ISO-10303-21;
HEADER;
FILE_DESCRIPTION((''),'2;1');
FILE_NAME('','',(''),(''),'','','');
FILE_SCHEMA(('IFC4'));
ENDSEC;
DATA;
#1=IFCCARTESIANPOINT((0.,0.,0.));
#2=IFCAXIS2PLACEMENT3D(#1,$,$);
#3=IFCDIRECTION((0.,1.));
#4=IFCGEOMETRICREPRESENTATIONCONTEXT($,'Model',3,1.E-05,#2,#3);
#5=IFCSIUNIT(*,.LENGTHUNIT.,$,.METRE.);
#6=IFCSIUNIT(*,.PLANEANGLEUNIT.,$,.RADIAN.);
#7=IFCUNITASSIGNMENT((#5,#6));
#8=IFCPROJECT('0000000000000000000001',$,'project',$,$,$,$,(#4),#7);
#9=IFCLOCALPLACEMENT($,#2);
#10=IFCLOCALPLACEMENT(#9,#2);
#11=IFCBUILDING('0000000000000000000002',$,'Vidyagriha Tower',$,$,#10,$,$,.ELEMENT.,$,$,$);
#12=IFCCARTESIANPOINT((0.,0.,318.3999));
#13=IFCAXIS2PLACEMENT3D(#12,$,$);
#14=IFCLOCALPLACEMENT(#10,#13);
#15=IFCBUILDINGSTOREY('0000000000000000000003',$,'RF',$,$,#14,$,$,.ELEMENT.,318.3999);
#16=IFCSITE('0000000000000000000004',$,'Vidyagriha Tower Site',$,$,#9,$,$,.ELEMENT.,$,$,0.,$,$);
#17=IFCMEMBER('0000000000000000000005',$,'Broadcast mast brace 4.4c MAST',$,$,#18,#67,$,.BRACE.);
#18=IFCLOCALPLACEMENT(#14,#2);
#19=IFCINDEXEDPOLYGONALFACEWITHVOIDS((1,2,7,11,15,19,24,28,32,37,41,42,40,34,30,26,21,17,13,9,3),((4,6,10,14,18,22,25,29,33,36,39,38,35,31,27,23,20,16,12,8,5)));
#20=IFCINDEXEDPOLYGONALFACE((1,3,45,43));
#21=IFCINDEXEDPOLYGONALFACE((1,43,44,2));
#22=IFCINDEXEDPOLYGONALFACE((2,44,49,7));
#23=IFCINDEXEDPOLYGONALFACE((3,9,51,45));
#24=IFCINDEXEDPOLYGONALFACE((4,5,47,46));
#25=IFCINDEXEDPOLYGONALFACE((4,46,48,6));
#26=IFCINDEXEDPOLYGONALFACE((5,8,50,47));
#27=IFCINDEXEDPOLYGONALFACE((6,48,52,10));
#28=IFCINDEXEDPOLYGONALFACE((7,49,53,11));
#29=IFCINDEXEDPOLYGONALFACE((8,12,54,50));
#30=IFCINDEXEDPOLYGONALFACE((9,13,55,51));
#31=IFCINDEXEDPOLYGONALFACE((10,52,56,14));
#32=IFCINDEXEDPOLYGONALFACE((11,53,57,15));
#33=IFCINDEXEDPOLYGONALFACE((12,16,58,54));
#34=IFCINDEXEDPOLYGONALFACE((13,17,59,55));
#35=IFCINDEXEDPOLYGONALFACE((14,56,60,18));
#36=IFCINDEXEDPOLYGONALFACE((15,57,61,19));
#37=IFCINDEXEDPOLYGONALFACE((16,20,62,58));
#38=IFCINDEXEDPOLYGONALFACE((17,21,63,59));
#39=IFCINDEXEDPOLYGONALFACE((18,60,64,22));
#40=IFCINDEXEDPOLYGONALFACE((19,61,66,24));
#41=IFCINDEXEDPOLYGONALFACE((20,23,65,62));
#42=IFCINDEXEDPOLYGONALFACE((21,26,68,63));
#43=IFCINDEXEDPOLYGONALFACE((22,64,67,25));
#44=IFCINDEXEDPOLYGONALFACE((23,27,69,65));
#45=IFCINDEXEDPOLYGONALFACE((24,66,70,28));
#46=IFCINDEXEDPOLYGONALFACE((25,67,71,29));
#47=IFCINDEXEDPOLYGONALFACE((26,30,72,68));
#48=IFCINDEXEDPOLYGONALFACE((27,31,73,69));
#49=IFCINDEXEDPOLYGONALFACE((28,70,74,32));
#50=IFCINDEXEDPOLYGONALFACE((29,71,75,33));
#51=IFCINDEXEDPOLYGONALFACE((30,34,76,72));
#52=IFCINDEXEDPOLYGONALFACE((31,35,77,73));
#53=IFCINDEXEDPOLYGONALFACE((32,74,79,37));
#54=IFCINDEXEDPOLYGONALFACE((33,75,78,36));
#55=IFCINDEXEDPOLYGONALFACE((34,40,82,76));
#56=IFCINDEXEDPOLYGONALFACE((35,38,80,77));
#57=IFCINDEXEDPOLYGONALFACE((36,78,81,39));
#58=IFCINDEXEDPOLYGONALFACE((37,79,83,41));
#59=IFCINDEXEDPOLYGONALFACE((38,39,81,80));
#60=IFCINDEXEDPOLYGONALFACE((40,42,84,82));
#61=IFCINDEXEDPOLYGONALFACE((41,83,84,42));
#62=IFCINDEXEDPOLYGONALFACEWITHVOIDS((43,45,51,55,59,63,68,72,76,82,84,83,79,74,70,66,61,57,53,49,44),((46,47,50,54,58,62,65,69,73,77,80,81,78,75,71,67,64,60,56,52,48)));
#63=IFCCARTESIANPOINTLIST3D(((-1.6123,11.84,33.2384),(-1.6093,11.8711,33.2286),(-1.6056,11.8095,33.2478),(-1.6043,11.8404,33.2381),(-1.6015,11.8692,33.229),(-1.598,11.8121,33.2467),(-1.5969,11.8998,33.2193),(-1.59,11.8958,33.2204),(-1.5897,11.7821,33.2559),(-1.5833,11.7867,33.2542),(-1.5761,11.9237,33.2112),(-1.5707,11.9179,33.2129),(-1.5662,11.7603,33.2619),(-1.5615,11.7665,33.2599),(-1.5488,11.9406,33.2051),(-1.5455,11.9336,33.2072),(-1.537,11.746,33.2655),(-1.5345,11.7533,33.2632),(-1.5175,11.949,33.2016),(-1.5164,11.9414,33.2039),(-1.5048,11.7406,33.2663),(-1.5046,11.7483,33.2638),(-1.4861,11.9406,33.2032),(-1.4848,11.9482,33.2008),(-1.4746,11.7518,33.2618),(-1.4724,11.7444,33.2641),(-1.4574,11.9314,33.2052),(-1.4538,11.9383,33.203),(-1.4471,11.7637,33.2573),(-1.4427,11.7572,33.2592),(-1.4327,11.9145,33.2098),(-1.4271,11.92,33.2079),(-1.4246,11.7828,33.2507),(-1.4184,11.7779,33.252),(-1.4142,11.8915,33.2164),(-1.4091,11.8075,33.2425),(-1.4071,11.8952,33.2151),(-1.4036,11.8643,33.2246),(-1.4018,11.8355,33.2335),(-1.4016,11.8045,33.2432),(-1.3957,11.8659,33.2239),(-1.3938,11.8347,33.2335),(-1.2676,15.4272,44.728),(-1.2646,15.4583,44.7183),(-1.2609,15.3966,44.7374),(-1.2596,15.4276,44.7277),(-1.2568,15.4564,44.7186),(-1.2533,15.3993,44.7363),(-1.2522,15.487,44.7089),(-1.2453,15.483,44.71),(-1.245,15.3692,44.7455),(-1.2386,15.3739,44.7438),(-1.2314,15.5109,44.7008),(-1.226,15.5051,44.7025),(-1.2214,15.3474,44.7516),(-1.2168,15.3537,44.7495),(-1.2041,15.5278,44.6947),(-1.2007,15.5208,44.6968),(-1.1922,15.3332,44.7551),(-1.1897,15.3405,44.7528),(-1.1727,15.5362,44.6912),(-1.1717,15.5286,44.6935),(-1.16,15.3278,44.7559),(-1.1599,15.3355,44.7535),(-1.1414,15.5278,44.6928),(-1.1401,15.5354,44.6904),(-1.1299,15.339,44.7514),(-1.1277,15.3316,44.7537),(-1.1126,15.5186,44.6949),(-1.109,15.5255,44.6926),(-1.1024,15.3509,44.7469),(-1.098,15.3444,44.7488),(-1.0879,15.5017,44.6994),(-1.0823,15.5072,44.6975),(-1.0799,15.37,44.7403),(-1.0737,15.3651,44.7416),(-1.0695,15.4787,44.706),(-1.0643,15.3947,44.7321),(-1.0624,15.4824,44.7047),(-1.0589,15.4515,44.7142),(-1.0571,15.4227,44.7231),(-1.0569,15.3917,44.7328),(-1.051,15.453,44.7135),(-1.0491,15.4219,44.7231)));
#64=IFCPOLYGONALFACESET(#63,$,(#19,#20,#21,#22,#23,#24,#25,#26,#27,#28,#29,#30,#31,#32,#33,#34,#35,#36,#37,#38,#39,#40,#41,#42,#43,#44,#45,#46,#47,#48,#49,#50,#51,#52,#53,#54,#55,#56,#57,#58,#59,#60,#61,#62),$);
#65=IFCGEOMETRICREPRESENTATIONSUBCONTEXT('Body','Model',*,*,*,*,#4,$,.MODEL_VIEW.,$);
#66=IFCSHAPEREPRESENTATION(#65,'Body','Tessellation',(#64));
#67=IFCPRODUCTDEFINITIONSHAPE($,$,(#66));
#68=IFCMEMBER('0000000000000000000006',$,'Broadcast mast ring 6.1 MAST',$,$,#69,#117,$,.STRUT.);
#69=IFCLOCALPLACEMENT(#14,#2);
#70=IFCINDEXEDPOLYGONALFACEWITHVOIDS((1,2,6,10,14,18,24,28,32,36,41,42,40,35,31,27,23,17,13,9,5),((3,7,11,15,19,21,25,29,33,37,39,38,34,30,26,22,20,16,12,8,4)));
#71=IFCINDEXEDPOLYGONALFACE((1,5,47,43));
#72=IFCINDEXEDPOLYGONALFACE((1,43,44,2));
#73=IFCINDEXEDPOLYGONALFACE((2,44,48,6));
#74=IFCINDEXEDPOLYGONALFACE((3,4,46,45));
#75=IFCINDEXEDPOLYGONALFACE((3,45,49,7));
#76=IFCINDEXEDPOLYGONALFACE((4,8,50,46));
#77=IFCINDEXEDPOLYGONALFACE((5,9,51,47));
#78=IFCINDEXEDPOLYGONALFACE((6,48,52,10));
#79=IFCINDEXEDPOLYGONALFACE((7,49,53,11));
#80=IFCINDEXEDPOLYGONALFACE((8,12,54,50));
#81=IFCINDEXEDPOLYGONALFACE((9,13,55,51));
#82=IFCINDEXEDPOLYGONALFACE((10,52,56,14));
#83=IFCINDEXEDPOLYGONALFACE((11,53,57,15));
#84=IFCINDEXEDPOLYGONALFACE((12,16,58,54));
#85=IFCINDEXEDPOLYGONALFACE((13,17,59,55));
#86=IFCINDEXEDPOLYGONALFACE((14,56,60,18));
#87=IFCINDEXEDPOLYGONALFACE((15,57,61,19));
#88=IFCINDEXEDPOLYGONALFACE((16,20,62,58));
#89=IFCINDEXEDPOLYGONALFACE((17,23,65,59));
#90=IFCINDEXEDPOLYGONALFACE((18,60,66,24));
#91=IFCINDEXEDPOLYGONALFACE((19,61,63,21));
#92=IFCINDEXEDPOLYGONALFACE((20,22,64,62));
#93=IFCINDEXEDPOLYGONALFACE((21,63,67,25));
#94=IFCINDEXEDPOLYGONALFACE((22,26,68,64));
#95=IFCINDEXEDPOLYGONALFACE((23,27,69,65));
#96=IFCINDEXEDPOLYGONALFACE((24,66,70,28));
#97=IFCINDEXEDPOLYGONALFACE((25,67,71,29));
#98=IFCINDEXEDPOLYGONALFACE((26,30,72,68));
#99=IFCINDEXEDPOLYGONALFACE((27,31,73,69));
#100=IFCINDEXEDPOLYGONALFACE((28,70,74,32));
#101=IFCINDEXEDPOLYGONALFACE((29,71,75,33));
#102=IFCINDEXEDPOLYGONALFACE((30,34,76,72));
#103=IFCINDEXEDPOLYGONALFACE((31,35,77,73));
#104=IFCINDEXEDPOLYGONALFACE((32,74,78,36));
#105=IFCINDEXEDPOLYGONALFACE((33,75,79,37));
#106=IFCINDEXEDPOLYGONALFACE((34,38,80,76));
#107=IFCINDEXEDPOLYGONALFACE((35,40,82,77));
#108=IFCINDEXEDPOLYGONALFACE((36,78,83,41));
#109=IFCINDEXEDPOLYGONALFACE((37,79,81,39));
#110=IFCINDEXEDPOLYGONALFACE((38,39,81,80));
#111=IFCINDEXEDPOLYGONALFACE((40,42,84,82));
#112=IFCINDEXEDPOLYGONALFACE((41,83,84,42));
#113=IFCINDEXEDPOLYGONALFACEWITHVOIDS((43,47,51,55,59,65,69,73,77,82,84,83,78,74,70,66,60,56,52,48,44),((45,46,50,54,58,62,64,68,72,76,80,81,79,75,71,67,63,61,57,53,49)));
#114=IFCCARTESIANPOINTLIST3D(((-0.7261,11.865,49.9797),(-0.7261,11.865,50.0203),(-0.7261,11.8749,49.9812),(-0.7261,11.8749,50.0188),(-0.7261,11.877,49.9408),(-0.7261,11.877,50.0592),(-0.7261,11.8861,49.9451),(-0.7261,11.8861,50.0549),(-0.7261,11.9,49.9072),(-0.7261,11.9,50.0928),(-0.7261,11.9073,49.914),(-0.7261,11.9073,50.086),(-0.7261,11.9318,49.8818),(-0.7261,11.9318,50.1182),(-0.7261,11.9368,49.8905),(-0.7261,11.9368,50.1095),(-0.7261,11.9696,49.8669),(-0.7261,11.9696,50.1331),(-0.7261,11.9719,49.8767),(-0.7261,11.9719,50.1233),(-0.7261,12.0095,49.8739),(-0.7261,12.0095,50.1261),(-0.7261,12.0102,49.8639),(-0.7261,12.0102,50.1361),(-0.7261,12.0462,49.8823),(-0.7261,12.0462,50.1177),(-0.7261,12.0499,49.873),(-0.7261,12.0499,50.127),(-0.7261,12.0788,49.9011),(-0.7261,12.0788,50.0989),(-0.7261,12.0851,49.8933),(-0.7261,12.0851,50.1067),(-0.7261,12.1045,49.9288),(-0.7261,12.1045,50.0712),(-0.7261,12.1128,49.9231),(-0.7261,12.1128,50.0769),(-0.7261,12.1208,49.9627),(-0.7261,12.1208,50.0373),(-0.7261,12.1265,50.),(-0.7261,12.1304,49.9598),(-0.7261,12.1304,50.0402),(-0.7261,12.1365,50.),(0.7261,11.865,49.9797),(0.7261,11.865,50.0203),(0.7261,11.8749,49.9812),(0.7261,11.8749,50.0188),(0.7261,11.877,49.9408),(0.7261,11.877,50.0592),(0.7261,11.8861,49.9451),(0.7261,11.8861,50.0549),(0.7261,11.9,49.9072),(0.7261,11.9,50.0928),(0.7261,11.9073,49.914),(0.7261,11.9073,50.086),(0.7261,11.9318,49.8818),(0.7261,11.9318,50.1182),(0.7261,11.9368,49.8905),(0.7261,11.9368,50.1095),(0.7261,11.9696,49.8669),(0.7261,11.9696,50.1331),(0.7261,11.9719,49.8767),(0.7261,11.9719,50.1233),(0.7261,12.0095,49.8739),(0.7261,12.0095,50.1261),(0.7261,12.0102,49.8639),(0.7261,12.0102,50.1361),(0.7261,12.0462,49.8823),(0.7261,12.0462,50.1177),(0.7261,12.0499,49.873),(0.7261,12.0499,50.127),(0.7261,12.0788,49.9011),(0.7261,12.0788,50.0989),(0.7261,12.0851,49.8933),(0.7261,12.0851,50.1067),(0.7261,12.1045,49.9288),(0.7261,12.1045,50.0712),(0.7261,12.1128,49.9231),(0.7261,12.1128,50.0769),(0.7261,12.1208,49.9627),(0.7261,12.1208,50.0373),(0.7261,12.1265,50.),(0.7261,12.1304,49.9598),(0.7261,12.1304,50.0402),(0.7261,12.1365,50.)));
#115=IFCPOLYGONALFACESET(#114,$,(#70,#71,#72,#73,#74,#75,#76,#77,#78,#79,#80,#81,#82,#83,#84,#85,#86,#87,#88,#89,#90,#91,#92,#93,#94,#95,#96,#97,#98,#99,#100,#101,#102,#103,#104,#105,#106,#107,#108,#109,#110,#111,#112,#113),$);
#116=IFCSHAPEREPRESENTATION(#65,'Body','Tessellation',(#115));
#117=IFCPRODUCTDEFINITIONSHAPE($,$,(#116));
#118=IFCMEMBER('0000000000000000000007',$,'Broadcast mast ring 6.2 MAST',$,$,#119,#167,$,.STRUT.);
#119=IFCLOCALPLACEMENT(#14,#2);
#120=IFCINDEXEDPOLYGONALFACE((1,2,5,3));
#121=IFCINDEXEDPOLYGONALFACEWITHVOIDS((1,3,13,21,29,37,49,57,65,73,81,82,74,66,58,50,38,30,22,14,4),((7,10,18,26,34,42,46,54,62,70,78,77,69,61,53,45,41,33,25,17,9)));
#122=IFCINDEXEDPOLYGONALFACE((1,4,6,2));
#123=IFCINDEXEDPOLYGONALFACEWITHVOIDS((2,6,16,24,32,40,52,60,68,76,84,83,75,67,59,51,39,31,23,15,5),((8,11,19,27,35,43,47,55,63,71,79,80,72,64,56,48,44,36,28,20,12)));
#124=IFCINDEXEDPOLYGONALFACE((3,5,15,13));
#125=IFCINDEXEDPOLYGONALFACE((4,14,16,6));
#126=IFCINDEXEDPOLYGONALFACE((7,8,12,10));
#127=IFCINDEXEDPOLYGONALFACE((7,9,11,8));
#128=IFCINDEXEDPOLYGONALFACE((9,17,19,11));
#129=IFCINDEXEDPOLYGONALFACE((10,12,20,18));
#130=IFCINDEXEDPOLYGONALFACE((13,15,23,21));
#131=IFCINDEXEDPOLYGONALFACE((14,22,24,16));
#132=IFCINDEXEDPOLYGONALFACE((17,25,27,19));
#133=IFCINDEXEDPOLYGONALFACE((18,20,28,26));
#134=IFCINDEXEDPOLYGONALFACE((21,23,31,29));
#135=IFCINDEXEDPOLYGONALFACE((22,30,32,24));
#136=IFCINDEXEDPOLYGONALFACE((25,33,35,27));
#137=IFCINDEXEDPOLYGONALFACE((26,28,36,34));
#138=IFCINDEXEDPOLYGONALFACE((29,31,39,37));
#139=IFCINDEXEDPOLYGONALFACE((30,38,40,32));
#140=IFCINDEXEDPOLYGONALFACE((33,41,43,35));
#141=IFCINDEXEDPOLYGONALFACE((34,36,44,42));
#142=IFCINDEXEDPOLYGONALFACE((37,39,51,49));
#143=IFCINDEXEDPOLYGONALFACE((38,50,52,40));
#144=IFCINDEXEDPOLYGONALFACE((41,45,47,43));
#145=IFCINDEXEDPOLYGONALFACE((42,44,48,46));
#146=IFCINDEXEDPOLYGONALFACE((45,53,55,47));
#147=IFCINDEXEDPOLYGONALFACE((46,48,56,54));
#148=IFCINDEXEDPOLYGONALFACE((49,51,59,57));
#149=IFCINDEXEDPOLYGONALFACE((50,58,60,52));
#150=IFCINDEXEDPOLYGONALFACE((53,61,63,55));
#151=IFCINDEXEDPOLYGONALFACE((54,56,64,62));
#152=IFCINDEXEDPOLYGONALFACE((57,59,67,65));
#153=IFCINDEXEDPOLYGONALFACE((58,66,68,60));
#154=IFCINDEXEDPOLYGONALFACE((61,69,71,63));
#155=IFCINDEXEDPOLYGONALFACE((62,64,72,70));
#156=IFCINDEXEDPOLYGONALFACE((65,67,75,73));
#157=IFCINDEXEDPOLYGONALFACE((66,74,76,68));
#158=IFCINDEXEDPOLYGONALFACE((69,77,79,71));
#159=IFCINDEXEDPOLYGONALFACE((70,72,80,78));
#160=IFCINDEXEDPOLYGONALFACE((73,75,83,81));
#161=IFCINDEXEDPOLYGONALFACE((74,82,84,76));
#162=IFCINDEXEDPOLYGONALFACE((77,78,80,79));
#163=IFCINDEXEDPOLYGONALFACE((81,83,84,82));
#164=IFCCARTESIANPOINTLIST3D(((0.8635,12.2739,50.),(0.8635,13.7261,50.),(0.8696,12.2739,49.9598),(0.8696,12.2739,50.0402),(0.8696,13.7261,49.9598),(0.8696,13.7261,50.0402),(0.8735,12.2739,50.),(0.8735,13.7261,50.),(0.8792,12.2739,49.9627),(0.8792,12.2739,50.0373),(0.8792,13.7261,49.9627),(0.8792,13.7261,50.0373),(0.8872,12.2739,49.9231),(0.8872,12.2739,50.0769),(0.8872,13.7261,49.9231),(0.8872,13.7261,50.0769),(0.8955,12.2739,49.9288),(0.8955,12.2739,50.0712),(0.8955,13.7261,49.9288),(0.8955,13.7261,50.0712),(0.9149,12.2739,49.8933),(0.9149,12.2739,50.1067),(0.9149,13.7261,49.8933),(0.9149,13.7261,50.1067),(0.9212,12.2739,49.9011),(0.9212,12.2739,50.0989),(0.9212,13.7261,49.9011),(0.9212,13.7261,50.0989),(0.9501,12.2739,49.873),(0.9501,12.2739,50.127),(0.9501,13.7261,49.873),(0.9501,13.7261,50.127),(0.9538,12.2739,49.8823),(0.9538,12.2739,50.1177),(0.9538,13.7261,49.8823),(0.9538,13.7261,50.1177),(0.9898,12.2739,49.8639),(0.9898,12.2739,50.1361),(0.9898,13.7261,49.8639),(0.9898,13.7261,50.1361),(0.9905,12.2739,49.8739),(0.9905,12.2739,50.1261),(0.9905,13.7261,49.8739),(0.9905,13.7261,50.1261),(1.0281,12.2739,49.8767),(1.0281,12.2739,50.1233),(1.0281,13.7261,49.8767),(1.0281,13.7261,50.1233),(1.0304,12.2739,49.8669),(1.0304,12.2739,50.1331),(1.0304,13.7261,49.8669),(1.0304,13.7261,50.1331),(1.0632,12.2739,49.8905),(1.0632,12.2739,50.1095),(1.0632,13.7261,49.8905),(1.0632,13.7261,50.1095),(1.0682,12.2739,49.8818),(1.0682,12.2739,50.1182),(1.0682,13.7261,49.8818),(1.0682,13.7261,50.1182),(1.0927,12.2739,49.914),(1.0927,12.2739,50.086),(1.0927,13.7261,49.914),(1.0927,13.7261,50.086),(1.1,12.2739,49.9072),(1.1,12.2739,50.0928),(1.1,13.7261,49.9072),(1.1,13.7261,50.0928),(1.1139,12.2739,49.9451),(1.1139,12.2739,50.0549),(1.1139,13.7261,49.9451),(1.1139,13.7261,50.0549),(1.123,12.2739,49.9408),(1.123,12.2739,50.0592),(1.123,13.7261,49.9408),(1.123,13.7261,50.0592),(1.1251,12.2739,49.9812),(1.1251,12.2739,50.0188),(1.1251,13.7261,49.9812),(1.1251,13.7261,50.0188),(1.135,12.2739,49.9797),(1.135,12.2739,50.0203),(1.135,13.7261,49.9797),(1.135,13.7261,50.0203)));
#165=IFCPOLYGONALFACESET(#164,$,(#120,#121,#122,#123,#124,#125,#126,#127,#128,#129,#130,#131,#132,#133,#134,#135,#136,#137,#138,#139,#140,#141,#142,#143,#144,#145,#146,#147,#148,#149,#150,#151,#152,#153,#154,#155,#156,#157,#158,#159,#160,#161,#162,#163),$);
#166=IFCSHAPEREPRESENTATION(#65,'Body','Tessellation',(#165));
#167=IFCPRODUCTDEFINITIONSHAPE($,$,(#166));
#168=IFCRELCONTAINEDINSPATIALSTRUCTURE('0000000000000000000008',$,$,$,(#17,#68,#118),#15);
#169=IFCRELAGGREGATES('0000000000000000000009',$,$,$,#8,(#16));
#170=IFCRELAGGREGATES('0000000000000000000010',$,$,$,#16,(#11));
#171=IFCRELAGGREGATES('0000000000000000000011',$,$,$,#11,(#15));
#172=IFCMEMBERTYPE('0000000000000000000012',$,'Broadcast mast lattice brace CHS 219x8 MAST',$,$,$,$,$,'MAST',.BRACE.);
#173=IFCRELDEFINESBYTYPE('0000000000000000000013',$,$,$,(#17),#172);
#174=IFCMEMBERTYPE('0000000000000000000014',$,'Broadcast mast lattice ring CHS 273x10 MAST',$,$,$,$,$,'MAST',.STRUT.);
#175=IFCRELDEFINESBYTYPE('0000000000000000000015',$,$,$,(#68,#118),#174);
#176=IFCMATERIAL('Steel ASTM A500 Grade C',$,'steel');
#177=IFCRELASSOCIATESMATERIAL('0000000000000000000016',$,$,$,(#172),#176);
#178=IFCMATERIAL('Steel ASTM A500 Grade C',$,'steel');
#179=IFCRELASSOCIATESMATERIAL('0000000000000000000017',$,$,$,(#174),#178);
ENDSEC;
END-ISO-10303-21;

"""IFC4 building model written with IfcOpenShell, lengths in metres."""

from ifc_helpers import new_model, si_unit, direction, frame, origin, origin_2d, place, context, subcontext, project, spatial, hollow_circle, extrude, material, material_profile, profile_set, type_object, element, save


model = new_model("IFC4")

# Units and contexts
model_context = context("Model", 3, precision=1e-05, world=origin(), true_north=direction((0.0, 1.0)))
body_context = subcontext(model_context, "Body", "Model", "MODEL_VIEW")
ifc_project = project(units=[si_unit("LENGTHUNIT", "METRE"), si_unit("PLANEANGLEUNIT", "RADIAN")], contexts=[model_context])

# Site, building, storey
site_placement = place(None, origin())
site = spatial("IfcSite", under=ifc_project, at=site_placement, Name="Vidyagriha Tower Site", CompositionType="ELEMENT", RefElevation=0.0)
building_placement = place(site_placement, origin())
building = spatial("IfcBuilding", under=site, at=building_placement, Name="Vidyagriha Tower", CompositionType="ELEMENT")
storey_placement = place(building_placement, frame((0.0, 0.0, 318.3999)))
storey = spatial("IfcBuildingStorey", under=building, at=storey_placement, Name="RF", CompositionType="ELEMENT", Elevation=318.3999)

# Members
ifc_material_1 = material(Name="Steel ASTM A500 Grade C", Category="steel")
ifc_material_profile_1 = material_profile(ifc_material_1, hollow_circle(Radius=0.1096, WallThickness=0.0081, at=origin_2d()), Name="Broadcast mast lattice brace CHS 219x8 MAST")
ifc_profile_set_1 = profile_set([ifc_material_profile_1], Name="Steel ASTM A500 Grade C")
member_type_1 = type_object("IfcMemberType", Name="Broadcast mast lattice brace CHS 219x8 MAST", ElementType="MAST", PredefinedType="BRACE", material=ifc_profile_set_1)
for number, where, z_axis, x_axis, name in (
    (1, (-1.1582, 15.4324, 44.7231), (-0.028628, -0.297902, -0.954167), (0.995414, -0.095659, 0.0), "Broadcast mast brace 4.4c MAST"),
):
    element("IfcMember", number, at=place(storey_placement, frame(where, z_axis=z_axis, x_axis=x_axis)), inside=storey, type_object=member_type_1, Name=name, PredefinedType="BRACE", context=body_context, shape_type="SweptSolid", body=[
        extrude(hollow_circle(Radius=0.1096, WallThickness=0.0081, at=origin_2d()), origin(), (0.0, 0.0, 1.0), 12.0415),
    ])
ifc_material_2 = material(Name="Steel ASTM A500 Grade C", Category="steel")
ifc_material_profile_2 = material_profile(ifc_material_2, hollow_circle(Radius=0.1365, WallThickness=0.01, at=origin_2d()), Name="Broadcast mast lattice ring CHS 273x10 MAST")
ifc_profile_set_2 = profile_set([ifc_material_profile_2], Name="Steel ASTM A500 Grade C")
member_type_2 = type_object("IfcMemberType", Name="Broadcast mast lattice ring CHS 273x10 MAST", ElementType="MAST", PredefinedType="STRUT", material=ifc_profile_set_2)
for number, where, z_axis, x_axis, name in (
    (2, (-0.7261, 12.0, 50.0), (1.0, 0.0, 0.0), (0.0, 1.0, 0.0), "Broadcast mast ring 6.1 MAST"),
    (3, (1.0, 12.2739, 50.0), (0.0, 1.0, 0.0), (-1.0, 0.0, 0.0), "Broadcast mast ring 6.2 MAST"),
):
    element("IfcMember", number, at=place(storey_placement, frame(where, z_axis=z_axis, x_axis=x_axis)), inside=storey, type_object=member_type_2, Name=name, PredefinedType="STRUT", context=body_context, shape_type="SweptSolid", body=[
        extrude(hollow_circle(Radius=0.1365, WallThickness=0.01, at=origin_2d()), origin(), (0.0, 0.0, 1.0), 1.4521),
    ])

save(model, "model.ifc")
